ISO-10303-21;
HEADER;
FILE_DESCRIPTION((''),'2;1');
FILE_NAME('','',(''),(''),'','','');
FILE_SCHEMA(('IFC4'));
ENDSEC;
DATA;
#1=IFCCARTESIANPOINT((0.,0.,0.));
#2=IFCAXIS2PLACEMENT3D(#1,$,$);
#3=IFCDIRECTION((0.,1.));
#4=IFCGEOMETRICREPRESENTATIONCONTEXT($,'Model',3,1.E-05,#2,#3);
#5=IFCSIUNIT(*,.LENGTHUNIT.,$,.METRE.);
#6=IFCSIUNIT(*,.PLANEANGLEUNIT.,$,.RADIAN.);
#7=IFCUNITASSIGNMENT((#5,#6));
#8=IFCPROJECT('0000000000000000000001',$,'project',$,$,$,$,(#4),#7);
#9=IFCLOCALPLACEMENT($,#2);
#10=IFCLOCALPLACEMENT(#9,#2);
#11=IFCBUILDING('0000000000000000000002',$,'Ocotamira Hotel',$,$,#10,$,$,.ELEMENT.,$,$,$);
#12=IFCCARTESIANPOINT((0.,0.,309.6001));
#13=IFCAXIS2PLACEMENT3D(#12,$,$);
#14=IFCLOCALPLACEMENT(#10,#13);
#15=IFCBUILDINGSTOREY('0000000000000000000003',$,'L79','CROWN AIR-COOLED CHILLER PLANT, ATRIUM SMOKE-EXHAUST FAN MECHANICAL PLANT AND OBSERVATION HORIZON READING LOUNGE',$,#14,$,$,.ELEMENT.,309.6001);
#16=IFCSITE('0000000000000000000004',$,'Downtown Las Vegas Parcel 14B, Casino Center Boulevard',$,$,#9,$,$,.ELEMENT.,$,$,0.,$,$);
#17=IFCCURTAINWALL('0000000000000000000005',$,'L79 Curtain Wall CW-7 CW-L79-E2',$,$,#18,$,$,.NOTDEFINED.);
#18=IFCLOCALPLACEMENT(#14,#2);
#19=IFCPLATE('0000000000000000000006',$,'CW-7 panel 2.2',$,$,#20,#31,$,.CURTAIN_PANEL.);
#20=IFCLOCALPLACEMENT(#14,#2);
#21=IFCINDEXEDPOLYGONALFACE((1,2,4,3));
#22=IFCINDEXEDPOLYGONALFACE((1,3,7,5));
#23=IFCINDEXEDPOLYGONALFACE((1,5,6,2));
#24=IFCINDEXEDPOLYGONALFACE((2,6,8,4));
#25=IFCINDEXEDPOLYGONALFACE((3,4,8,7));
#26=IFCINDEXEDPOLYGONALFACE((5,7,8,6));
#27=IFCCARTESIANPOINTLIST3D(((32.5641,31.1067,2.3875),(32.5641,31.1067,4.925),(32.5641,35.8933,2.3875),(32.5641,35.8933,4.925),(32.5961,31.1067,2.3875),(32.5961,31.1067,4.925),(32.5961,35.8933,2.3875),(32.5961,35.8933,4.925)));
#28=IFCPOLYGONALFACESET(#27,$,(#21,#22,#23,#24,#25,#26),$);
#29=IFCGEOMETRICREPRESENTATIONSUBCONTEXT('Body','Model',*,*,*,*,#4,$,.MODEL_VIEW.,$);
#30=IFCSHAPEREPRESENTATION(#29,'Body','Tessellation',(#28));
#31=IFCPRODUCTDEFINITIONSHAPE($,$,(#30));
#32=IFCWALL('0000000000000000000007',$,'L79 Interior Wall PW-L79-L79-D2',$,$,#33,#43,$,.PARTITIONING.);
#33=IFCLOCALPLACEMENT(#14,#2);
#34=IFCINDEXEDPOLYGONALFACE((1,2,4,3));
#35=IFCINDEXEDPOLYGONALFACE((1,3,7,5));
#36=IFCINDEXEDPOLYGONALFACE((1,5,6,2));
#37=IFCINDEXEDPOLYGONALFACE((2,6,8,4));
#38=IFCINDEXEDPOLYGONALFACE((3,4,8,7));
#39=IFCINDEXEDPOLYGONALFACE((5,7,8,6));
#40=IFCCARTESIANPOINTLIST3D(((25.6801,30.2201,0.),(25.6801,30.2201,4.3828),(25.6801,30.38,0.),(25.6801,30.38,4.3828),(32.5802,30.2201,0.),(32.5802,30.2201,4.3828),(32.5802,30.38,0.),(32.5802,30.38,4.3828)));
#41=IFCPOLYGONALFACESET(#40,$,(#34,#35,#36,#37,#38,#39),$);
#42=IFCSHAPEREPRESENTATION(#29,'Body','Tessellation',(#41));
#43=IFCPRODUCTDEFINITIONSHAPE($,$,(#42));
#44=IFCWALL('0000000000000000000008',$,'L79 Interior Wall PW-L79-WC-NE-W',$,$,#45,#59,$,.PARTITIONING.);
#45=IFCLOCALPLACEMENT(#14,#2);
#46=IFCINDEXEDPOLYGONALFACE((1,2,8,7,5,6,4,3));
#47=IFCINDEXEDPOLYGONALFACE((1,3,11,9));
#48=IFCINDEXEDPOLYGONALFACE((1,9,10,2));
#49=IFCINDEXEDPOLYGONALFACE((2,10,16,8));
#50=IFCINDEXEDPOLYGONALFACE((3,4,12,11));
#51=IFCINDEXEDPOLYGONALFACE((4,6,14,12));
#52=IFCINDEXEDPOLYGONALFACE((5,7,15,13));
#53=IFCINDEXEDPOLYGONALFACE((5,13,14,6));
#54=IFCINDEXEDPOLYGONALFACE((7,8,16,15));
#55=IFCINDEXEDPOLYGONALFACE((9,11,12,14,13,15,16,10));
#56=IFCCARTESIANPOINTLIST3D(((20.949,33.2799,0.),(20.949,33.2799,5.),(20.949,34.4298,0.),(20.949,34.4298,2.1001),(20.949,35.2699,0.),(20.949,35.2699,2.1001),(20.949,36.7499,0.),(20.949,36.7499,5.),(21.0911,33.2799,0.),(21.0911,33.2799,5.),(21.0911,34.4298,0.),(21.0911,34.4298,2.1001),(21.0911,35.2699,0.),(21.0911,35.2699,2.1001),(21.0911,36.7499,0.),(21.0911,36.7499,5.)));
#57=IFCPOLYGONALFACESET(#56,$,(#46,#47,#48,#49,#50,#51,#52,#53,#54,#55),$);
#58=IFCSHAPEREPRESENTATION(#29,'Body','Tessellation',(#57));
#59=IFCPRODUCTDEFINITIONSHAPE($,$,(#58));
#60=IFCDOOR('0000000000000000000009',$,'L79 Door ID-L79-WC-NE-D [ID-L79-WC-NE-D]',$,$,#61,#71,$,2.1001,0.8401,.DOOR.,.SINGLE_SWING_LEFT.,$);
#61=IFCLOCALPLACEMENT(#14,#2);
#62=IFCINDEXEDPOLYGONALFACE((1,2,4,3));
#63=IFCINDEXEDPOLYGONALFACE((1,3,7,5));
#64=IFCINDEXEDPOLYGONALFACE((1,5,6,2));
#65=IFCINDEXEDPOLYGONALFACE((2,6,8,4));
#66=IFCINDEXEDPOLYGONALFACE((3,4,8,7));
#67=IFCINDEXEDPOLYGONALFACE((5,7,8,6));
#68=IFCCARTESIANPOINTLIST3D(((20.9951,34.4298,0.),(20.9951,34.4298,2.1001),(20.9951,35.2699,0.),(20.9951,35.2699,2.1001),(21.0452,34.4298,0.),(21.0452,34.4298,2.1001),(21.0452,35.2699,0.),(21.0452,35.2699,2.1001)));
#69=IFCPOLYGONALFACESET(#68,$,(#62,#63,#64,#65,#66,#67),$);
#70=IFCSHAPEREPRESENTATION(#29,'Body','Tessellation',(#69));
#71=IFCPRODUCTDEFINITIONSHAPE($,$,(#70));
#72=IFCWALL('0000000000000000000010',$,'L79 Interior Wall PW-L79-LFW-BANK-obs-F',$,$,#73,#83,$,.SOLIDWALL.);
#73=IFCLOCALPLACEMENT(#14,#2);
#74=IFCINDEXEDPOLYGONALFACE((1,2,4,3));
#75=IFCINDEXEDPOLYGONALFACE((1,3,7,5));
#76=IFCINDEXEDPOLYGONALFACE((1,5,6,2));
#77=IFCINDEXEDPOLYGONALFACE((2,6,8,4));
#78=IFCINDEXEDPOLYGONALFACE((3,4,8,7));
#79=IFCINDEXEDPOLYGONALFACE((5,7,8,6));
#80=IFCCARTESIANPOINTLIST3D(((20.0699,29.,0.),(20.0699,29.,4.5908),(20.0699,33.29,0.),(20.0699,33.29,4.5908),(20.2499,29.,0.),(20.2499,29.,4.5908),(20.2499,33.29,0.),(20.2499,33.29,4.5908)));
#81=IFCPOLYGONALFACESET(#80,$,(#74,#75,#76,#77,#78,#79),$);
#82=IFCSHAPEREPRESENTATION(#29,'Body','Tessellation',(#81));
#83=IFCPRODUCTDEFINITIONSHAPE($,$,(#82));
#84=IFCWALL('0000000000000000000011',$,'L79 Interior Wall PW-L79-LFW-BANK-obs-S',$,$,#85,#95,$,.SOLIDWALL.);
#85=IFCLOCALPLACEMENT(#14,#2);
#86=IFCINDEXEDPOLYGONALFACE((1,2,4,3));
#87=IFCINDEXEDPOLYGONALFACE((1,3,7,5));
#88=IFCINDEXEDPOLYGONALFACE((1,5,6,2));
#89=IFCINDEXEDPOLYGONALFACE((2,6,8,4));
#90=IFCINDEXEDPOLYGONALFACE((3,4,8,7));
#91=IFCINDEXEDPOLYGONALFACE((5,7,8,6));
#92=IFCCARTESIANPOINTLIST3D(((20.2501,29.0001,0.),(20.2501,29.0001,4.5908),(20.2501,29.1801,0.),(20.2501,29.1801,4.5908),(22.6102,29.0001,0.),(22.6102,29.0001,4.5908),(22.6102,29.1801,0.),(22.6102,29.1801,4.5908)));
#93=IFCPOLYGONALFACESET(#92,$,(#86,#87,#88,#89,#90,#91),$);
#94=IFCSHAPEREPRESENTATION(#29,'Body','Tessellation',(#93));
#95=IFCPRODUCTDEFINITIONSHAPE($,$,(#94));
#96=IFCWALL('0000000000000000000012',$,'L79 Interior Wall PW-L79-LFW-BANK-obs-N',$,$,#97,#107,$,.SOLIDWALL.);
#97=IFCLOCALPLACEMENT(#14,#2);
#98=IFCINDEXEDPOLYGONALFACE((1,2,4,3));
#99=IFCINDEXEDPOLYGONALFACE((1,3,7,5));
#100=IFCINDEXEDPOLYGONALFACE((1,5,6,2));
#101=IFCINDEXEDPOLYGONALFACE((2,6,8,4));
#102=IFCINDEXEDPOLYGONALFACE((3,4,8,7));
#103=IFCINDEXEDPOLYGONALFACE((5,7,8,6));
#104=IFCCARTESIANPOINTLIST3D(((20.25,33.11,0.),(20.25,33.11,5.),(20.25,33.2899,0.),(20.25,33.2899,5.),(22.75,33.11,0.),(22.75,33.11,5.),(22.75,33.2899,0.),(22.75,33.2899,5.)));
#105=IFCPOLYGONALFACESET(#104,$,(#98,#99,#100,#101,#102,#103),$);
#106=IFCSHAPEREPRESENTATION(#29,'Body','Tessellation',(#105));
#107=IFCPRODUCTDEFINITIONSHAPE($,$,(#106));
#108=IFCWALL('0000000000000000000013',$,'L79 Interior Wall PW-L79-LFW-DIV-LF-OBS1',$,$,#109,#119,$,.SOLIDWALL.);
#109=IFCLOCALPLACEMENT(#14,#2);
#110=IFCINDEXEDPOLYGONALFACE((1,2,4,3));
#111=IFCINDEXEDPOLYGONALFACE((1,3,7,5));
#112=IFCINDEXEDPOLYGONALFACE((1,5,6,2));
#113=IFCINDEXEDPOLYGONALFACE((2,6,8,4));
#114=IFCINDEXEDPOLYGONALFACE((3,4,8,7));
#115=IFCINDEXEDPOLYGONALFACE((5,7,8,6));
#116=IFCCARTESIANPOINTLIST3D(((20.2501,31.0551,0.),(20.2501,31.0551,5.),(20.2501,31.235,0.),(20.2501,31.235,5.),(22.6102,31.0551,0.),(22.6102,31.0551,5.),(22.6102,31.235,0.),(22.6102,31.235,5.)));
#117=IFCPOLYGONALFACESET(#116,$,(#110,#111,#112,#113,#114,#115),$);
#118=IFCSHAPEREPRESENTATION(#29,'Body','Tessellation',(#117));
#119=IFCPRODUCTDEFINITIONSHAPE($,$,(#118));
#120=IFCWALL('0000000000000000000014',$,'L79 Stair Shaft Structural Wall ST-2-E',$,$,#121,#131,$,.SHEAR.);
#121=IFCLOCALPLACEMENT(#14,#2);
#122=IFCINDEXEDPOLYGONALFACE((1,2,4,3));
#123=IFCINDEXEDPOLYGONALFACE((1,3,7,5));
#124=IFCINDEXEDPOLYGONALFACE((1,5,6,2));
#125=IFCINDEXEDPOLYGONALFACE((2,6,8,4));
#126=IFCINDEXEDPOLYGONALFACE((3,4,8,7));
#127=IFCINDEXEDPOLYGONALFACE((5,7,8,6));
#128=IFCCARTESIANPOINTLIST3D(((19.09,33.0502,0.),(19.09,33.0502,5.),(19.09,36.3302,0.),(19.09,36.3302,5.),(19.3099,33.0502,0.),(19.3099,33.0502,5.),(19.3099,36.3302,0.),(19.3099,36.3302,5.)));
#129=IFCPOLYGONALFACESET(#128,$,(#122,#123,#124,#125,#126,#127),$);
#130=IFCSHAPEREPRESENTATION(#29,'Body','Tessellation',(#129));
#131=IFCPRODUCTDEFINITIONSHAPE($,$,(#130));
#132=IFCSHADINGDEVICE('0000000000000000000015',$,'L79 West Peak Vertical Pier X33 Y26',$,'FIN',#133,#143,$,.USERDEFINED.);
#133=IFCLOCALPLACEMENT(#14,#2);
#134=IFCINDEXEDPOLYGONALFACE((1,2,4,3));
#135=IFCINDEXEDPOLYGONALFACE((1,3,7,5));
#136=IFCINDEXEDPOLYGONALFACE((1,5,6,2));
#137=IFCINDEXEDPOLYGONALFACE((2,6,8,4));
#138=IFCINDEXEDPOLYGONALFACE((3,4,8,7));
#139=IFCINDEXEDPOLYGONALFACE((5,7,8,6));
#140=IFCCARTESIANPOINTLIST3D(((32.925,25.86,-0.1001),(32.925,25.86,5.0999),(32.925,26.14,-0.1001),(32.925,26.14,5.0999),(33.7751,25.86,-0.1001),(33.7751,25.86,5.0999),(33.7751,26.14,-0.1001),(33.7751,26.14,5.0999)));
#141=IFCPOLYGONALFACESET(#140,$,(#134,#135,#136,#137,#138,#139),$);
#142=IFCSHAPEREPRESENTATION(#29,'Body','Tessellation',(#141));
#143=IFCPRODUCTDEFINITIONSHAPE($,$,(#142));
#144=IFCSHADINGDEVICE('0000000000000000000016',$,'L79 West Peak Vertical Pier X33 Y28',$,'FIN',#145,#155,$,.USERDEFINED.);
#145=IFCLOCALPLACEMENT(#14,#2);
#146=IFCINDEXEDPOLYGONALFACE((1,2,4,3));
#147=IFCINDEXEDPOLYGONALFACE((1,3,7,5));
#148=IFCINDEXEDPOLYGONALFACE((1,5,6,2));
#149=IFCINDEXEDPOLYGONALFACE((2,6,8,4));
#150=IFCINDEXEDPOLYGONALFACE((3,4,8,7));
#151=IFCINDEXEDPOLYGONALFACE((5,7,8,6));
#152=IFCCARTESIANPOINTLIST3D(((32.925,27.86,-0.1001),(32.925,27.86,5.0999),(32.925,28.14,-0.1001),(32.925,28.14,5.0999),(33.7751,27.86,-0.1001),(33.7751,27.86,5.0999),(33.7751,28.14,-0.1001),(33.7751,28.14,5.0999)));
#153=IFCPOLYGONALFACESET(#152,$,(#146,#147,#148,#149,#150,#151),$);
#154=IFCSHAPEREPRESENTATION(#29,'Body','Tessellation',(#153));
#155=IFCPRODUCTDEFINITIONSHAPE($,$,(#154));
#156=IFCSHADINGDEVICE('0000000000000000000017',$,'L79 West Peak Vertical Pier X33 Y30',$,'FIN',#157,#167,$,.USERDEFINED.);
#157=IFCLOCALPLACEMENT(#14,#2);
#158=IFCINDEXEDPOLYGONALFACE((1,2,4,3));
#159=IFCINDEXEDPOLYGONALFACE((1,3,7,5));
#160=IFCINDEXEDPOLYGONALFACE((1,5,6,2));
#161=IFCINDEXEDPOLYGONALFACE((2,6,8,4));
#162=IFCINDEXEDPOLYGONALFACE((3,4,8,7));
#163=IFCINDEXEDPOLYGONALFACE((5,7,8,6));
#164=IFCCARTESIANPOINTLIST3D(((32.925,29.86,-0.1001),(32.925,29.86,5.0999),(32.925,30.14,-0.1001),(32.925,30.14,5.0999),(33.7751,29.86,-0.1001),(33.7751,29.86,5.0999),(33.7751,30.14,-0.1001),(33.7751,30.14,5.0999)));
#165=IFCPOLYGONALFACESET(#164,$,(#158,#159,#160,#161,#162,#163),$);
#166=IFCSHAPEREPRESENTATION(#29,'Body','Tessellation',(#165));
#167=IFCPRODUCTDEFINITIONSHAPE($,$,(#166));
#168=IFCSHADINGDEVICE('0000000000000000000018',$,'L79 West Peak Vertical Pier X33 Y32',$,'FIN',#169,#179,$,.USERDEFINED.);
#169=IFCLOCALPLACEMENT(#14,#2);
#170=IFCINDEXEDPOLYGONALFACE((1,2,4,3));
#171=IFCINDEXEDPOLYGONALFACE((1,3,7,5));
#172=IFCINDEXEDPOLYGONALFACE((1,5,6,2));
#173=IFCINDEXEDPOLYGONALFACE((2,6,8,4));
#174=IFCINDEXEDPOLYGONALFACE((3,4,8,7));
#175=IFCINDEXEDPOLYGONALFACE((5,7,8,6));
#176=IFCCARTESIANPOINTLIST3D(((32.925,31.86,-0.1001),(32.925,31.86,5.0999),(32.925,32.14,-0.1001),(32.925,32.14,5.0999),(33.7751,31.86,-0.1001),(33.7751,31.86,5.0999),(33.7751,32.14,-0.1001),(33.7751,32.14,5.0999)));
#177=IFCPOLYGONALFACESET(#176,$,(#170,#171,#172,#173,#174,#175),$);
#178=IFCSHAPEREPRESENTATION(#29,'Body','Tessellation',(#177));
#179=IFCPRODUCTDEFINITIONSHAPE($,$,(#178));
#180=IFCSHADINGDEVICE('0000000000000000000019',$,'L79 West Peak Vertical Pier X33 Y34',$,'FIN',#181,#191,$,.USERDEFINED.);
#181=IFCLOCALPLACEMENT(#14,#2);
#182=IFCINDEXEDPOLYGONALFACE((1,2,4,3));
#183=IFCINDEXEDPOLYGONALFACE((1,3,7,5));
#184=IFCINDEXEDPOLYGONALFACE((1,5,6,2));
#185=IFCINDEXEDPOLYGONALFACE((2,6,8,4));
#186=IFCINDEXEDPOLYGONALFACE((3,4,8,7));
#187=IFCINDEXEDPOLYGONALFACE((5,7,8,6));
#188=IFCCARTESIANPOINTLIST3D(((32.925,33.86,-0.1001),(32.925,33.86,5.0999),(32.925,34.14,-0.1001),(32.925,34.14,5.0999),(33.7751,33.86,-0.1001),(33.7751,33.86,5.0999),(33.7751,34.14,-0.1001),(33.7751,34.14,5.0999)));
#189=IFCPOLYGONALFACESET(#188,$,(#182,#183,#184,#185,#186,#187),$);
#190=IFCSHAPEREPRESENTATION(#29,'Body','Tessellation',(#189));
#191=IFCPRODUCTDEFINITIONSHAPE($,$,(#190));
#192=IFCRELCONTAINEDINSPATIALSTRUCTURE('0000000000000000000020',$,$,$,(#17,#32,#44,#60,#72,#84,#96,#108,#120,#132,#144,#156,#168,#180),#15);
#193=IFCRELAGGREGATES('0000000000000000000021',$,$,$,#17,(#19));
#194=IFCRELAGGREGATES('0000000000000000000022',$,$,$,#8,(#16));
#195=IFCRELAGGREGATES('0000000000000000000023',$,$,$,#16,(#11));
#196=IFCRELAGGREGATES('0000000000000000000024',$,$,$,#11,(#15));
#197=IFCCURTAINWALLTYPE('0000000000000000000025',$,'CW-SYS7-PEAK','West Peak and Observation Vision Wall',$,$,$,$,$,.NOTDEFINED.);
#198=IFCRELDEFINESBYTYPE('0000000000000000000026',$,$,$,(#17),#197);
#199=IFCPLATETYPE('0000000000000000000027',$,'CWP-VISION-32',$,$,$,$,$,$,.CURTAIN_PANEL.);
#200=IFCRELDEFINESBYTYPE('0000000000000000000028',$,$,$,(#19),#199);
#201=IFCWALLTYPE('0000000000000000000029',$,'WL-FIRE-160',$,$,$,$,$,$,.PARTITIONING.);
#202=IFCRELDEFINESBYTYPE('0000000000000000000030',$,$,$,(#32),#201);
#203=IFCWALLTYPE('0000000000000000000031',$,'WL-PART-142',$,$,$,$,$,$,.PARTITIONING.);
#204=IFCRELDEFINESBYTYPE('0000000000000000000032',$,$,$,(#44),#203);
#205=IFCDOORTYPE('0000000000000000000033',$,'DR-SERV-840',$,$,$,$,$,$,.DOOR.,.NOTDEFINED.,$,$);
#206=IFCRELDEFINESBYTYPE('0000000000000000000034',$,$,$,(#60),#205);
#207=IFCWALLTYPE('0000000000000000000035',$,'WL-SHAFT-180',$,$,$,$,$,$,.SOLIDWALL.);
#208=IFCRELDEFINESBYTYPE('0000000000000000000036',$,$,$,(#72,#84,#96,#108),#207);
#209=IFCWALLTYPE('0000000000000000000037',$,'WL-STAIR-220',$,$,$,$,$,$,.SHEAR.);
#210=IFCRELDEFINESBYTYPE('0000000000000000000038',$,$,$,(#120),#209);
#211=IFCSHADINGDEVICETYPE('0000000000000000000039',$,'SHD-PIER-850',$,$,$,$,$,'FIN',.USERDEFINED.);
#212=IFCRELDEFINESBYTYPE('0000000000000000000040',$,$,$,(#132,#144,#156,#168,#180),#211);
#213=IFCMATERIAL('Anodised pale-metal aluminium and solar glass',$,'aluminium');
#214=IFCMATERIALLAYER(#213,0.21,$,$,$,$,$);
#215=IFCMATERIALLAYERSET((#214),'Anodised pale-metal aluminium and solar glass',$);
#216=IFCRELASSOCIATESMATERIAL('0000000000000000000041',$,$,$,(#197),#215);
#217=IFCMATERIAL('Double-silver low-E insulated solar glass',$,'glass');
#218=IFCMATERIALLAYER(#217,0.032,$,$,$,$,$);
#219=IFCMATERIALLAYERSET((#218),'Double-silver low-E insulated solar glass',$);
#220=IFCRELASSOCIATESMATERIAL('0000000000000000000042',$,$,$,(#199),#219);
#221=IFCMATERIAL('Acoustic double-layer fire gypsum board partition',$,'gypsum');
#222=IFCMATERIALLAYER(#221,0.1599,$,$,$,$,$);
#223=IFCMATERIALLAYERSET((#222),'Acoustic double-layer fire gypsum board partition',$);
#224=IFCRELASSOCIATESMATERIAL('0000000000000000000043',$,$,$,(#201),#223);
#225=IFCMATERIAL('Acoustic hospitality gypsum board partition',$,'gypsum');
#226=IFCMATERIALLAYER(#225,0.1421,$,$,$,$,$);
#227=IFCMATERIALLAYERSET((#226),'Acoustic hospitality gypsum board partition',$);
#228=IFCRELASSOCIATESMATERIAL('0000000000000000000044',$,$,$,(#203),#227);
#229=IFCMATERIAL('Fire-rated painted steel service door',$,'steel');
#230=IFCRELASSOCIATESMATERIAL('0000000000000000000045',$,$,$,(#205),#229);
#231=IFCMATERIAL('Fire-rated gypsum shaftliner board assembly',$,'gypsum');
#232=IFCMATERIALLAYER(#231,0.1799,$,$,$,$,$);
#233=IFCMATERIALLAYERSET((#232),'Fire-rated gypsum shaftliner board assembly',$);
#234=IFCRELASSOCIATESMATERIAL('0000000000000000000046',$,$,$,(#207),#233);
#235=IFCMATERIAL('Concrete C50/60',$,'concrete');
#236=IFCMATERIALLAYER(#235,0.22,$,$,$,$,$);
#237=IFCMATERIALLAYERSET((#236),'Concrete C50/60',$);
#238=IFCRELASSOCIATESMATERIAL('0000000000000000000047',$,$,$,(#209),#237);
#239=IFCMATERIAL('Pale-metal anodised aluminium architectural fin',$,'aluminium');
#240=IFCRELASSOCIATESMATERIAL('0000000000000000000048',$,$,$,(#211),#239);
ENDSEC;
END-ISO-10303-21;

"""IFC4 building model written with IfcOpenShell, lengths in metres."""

from ifc_helpers import new_model, si_unit, direction, frame, frame_2d, origin, origin_2d, place, context, subcontext, project, spatial, rectangle, extrude, source, transform, mapped, material, layer, layer_set, type_object, element, fill, aggregate, save


model = new_model("IFC4")

# Units and contexts
model_context = context("Model", 3, precision=1e-05, world=origin(), true_north=direction((0.0, 1.0)))
body_context = subcontext(model_context, "Body", "Model", "MODEL_VIEW")
ifc_project = project(units=[si_unit("LENGTHUNIT", "METRE"), si_unit("PLANEANGLEUNIT", "RADIAN")], contexts=[model_context])

# Site, building, storey
site_placement = place(None, origin())
site = spatial("IfcSite", under=ifc_project, at=site_placement, Name="Downtown Las Vegas Parcel 14B, Casino Center Boulevard", CompositionType="ELEMENT", RefElevation=0.0)
building_placement = place(site_placement, origin())
building = spatial("IfcBuilding", under=site, at=building_placement, Name="Ocotamira Hotel", CompositionType="ELEMENT")
storey_placement = place(building_placement, frame((0.0, 0.0, 309.6001)))
storey = spatial("IfcBuildingStorey", under=building, at=storey_placement, Name="L79", Description="CROWN AIR-COOLED CHILLER PLANT, ATRIUM SMOKE-EXHAUST FAN MECHANICAL PLANT AND OBSERVATION HORIZON READING LOUNGE", CompositionType="ELEMENT", Elevation=309.6001)

# Curtain wall
ifc_material_1 = material(Name="Anodised pale-metal aluminium and solar glass", Category="aluminium")
ifc_layer_1 = layer(ifc_material_1, 0.21)
ifc_layer_set_1 = layer_set([ifc_layer_1], Name="Anodised pale-metal aluminium and solar glass")
curtain_wall_type = type_object("IfcCurtainWallType", Name="CW-SYS7-PEAK", Description="West Peak and Observation Vision Wall", PredefinedType="NOTDEFINED", material=ifc_layer_set_1)
curtain_wall_1_placement = place(storey_placement, origin())
curtain_wall_1 = element("IfcCurtainWall", 1, at=curtain_wall_1_placement, inside=storey, type_object=curtain_wall_type, Name="L79 Curtain Wall CW-7 CW-L79-E2", PredefinedType="NOTDEFINED")

# Plate
ifc_material_2 = material(Name="Double-silver low-E insulated solar glass", Category="glass")
ifc_layer_2 = layer(ifc_material_2, 0.032)
ifc_layer_set_2 = layer_set([ifc_layer_2], Name="Double-silver low-E insulated solar glass")
plate_type = type_object("IfcPlateType", Name="CWP-VISION-32", PredefinedType="CURTAIN_PANEL", material=ifc_layer_set_2)
shared_shape_1 = source(origin(), body_context, "Body", "SweptSolid", [
    extrude(rectangle(XDim=4.7866, YDim=0.032, at=origin_2d()), origin(), (0.0, 0.0, 1.0), 2.5376),
])
plate_1_placement = place(storey_placement, frame((32.5801, 33.5, 2.3875), z_axis=(0.0, 0.0, 1.0), x_axis=(0.0, 1.0, 0.0)))
plate_1 = element("IfcPlate", 2, at=plate_1_placement, type_object=plate_type, Name="CW-7 panel 2.2", PredefinedType="CURTAIN_PANEL", context=body_context, shape_type="MappedRepresentation", body=[
    mapped(shared_shape_1, transform((0.0, 0.0, 0.0), scale=1.0)),
])
aggregate(curtain_wall_1, [plate_1])

# Wall
ifc_material_3 = material(Name="Acoustic double-layer fire gypsum board partition", Category="gypsum")
ifc_layer_3 = layer(ifc_material_3, 0.1599)
ifc_layer_set_3 = layer_set([ifc_layer_3], Name="Acoustic double-layer fire gypsum board partition")
wall_type_1 = type_object("IfcWallType", Name="WL-FIRE-160", PredefinedType="PARTITIONING", material=ifc_layer_set_3)
wall_1_placement = place(storey_placement, frame((25.6799, 30.3, 0.0), z_axis=(0.0, 0.0, 1.0), x_axis=(1.0, 0.0, 0.0)))
element("IfcWall", 3, at=wall_1_placement, inside=storey, type_object=wall_type_1, Name="L79 Interior Wall PW-L79-L79-D2", PredefinedType="PARTITIONING", context=body_context, shape_type="SweptSolid", body=[
    extrude(rectangle(XDim=6.9001, YDim=0.1599, at=frame_2d((3.4502, 0.0))), origin(), (0.0, 0.0, 1.0), 4.3828),
])

# Wall, opening, door
ifc_material_4 = material(Name="Acoustic hospitality gypsum board partition", Category="gypsum")
ifc_layer_4 = layer(ifc_material_4, 0.1421)
ifc_layer_set_4 = layer_set([ifc_layer_4], Name="Acoustic hospitality gypsum board partition")
wall_type_2 = type_object("IfcWallType", Name="WL-PART-142", PredefinedType="PARTITIONING", material=ifc_layer_set_4)
wall_2_placement = place(storey_placement, frame((21.02, 33.28, 0.0), z_axis=(0.0, 0.0, 1.0), x_axis=(0.0, 1.0, 0.0)))
wall_2 = element("IfcWall", 4, at=wall_2_placement, inside=storey, type_object=wall_type_2, Name="L79 Interior Wall PW-L79-WC-NE-W", PredefinedType="PARTITIONING", context=body_context, shape_type="SweptSolid", body=[
    extrude(rectangle(XDim=3.47, YDim=0.1421, at=frame_2d((1.7349, 0.0))), origin(), (0.0, 0.0, 1.0), 5.0),
])
opening_placement = place(wall_2_placement, frame((1.1499, 0.0, 0.0)))
opening = element("IfcOpeningElement", 5, at=opening_placement, cuts=wall_2, PredefinedType="OPENING", context=body_context, shape_type="SweptSolid", body=[
    extrude(rectangle(XDim=0.8401, YDim=2.1001, at=frame_2d((0.4199, 1.05))), frame((0.0, 0.0811, 0.0), z_axis=(0.0, -1.0, 0.0), x_axis=(1.0, 0.0, 0.0)), (0.0, 0.0, 1.0), 0.1621),
])
ifc_material_5 = material(Name="Fire-rated painted steel service door", Category="steel")
door_type = type_object("IfcDoorType", Name="DR-SERV-840", OperationType="NOTDEFINED", PredefinedType="DOOR", material=ifc_material_5)
shared_shape_2 = source(origin(), body_context, "Body", "SweptSolid", [
    extrude(rectangle(XDim=0.8401, YDim=2.1001, at=frame_2d((0.4199, 1.05))), frame((0.0, 0.0249, 0.0), z_axis=(0.0, -1.0, 0.0), x_axis=(1.0, 0.0, 0.0)), (0.0, 0.0, 1.0), 0.05),
])
door_placement = place(opening_placement, origin())
door = element("IfcDoor", 6, at=door_placement, inside=storey, type_object=door_type, Name="L79 Door ID-L79-WC-NE-D [ID-L79-WC-NE-D]", OperationType="SINGLE_SWING_LEFT", OverallHeight=2.1001, OverallWidth=0.8401, PredefinedType="DOOR", context=body_context, shape_type="MappedRepresentation", body=[
    mapped(shared_shape_2, transform((0.0, 0.0, 0.0), scale=1.0)),
])
fill(opening, door)

# Walls
ifc_material_6 = material(Name="Fire-rated gypsum shaftliner board assembly", Category="gypsum")
ifc_layer_5 = layer(ifc_material_6, 0.1799)
ifc_layer_set_5 = layer_set([ifc_layer_5], Name="Fire-rated gypsum shaftliner board assembly")
wall_type_3 = type_object("IfcWallType", Name="WL-SHAFT-180", PredefinedType="SOLIDWALL", material=ifc_layer_set_5)
wall_3_placement = place(storey_placement, frame((20.1599, 29.0, 0.0), z_axis=(0.0, 0.0, 1.0), x_axis=(0.0, 1.0, 0.0)))
element("IfcWall", 7, at=wall_3_placement, inside=storey, type_object=wall_type_3, Name="L79 Interior Wall PW-L79-LFW-BANK-obs-F", PredefinedType="SOLIDWALL", context=body_context, shape_type="SweptSolid", body=[
    extrude(rectangle(XDim=4.29, YDim=0.1799, at=frame_2d((2.145, 0.0))), origin(), (0.0, 0.0, 1.0), 4.5908),
])
wall_4_placement = place(storey_placement, frame((20.25, 29.0901, 0.0), z_axis=(0.0, 0.0, 1.0), x_axis=(1.0, 0.0, 0.0)))
element("IfcWall", 8, at=wall_4_placement, inside=storey, type_object=wall_type_3, Name="L79 Interior Wall PW-L79-LFW-BANK-obs-S", PredefinedType="SOLIDWALL", context=body_context, shape_type="SweptSolid", body=[
    extrude(rectangle(XDim=2.3601, YDim=0.1799, at=frame_2d((1.1802, 0.0))), origin(), (0.0, 0.0, 1.0), 4.5908),
])
wall_5_placement = place(storey_placement, frame((20.25, 33.2, 0.0), z_axis=(0.0, 0.0, 1.0), x_axis=(1.0, 0.0, 0.0)))
element("IfcWall", 9, at=wall_5_placement, inside=storey, type_object=wall_type_3, Name="L79 Interior Wall PW-L79-LFW-BANK-obs-N", PredefinedType="SOLIDWALL", context=body_context, shape_type="SweptSolid", body=[
    extrude(rectangle(XDim=2.5, YDim=0.1799, at=frame_2d((1.25, 0.0))), origin(), (0.0, 0.0, 1.0), 5.0),
])
wall_6_placement = place(storey_placement, frame((20.25, 31.145, 0.0), z_axis=(0.0, 0.0, 1.0), x_axis=(1.0, 0.0, 0.0)))
element("IfcWall", 10, at=wall_6_placement, inside=storey, type_object=wall_type_3, Name="L79 Interior Wall PW-L79-LFW-DIV-LF-OBS1", PredefinedType="SOLIDWALL", context=body_context, shape_type="SweptSolid", body=[
    extrude(rectangle(XDim=2.3601, YDim=0.1799, at=frame_2d((1.1802, 0.0))), origin(), (0.0, 0.0, 1.0), 5.0),
])
ifc_material_7 = material(Name="Concrete C50/60", Category="concrete")
ifc_layer_6 = layer(ifc_material_7, 0.22)
ifc_layer_set_6 = layer_set([ifc_layer_6], Name="Concrete C50/60")
wall_type_4 = type_object("IfcWallType", Name="WL-STAIR-220", PredefinedType="SHEAR", material=ifc_layer_set_6)
wall_7_placement = place(storey_placement, frame((19.2, 33.05, 0.0), z_axis=(0.0, 0.0, 1.0), x_axis=(0.0, 1.0, 0.0)))
element("IfcWall", 11, at=wall_7_placement, inside=storey, type_object=wall_type_4, Name="L79 Stair Shaft Structural Wall ST-2-E", PredefinedType="SHEAR", context=body_context, shape_type="SweptSolid", body=[
    extrude(rectangle(XDim=3.28, YDim=0.22, at=frame_2d((1.6401, 0.0))), origin(), (0.0, 0.0, 1.0), 5.0),
])

# Shading devices
ifc_material_8 = material(Name="Pale-metal anodised aluminium architectural fin", Category="aluminium")
shading_device_type = type_object("IfcShadingDeviceType", Name="SHD-PIER-850", ElementType="FIN", PredefinedType="USERDEFINED", material=ifc_material_8)
shared_shape_3 = source(origin(), body_context, "Body", "SweptSolid", [
    extrude(rectangle(XDim=0.8501, YDim=0.28, at=origin_2d()), origin(), (0.0, 0.0, 1.0), 5.2),
])
for number, where, z_axis, x_axis, name in (
    (12, (33.3501, 26.0, -0.1001), (0.0, 0.0, 1.0), (1.0, 0.0, 0.0), "L79 West Peak Vertical Pier X33 Y26"),
    (13, (33.3501, 28.0, -0.1001), (0.0, 0.0, 1.0), (1.0, 0.0, 0.0), "L79 West Peak Vertical Pier X33 Y28"),
    (14, (33.3501, 30.0, -0.1001), (0.0, 0.0, 1.0), (1.0, 0.0, 0.0), "L79 West Peak Vertical Pier X33 Y30"),
    (15, (33.3501, 32.0, -0.1001), (0.0, 0.0, 1.0), (1.0, 0.0, 0.0), "L79 West Peak Vertical Pier X33 Y32"),
    (16, (33.3501, 34.0, -0.1001), (0.0, 0.0, 1.0), (1.0, 0.0, 0.0), "L79 West Peak Vertical Pier X33 Y34"),
):
    element("IfcShadingDevice", number, at=place(storey_placement, frame(where, z_axis=z_axis, x_axis=x_axis)), inside=storey, type_object=shading_device_type, Name=name, ObjectType="FIN", PredefinedType="USERDEFINED", context=body_context, shape_type="MappedRepresentation", body=[
        mapped(shared_shape_3, transform((0.0, 0.0, 0.0), scale=1.0)),
    ])

save(model, "model.ifc")
